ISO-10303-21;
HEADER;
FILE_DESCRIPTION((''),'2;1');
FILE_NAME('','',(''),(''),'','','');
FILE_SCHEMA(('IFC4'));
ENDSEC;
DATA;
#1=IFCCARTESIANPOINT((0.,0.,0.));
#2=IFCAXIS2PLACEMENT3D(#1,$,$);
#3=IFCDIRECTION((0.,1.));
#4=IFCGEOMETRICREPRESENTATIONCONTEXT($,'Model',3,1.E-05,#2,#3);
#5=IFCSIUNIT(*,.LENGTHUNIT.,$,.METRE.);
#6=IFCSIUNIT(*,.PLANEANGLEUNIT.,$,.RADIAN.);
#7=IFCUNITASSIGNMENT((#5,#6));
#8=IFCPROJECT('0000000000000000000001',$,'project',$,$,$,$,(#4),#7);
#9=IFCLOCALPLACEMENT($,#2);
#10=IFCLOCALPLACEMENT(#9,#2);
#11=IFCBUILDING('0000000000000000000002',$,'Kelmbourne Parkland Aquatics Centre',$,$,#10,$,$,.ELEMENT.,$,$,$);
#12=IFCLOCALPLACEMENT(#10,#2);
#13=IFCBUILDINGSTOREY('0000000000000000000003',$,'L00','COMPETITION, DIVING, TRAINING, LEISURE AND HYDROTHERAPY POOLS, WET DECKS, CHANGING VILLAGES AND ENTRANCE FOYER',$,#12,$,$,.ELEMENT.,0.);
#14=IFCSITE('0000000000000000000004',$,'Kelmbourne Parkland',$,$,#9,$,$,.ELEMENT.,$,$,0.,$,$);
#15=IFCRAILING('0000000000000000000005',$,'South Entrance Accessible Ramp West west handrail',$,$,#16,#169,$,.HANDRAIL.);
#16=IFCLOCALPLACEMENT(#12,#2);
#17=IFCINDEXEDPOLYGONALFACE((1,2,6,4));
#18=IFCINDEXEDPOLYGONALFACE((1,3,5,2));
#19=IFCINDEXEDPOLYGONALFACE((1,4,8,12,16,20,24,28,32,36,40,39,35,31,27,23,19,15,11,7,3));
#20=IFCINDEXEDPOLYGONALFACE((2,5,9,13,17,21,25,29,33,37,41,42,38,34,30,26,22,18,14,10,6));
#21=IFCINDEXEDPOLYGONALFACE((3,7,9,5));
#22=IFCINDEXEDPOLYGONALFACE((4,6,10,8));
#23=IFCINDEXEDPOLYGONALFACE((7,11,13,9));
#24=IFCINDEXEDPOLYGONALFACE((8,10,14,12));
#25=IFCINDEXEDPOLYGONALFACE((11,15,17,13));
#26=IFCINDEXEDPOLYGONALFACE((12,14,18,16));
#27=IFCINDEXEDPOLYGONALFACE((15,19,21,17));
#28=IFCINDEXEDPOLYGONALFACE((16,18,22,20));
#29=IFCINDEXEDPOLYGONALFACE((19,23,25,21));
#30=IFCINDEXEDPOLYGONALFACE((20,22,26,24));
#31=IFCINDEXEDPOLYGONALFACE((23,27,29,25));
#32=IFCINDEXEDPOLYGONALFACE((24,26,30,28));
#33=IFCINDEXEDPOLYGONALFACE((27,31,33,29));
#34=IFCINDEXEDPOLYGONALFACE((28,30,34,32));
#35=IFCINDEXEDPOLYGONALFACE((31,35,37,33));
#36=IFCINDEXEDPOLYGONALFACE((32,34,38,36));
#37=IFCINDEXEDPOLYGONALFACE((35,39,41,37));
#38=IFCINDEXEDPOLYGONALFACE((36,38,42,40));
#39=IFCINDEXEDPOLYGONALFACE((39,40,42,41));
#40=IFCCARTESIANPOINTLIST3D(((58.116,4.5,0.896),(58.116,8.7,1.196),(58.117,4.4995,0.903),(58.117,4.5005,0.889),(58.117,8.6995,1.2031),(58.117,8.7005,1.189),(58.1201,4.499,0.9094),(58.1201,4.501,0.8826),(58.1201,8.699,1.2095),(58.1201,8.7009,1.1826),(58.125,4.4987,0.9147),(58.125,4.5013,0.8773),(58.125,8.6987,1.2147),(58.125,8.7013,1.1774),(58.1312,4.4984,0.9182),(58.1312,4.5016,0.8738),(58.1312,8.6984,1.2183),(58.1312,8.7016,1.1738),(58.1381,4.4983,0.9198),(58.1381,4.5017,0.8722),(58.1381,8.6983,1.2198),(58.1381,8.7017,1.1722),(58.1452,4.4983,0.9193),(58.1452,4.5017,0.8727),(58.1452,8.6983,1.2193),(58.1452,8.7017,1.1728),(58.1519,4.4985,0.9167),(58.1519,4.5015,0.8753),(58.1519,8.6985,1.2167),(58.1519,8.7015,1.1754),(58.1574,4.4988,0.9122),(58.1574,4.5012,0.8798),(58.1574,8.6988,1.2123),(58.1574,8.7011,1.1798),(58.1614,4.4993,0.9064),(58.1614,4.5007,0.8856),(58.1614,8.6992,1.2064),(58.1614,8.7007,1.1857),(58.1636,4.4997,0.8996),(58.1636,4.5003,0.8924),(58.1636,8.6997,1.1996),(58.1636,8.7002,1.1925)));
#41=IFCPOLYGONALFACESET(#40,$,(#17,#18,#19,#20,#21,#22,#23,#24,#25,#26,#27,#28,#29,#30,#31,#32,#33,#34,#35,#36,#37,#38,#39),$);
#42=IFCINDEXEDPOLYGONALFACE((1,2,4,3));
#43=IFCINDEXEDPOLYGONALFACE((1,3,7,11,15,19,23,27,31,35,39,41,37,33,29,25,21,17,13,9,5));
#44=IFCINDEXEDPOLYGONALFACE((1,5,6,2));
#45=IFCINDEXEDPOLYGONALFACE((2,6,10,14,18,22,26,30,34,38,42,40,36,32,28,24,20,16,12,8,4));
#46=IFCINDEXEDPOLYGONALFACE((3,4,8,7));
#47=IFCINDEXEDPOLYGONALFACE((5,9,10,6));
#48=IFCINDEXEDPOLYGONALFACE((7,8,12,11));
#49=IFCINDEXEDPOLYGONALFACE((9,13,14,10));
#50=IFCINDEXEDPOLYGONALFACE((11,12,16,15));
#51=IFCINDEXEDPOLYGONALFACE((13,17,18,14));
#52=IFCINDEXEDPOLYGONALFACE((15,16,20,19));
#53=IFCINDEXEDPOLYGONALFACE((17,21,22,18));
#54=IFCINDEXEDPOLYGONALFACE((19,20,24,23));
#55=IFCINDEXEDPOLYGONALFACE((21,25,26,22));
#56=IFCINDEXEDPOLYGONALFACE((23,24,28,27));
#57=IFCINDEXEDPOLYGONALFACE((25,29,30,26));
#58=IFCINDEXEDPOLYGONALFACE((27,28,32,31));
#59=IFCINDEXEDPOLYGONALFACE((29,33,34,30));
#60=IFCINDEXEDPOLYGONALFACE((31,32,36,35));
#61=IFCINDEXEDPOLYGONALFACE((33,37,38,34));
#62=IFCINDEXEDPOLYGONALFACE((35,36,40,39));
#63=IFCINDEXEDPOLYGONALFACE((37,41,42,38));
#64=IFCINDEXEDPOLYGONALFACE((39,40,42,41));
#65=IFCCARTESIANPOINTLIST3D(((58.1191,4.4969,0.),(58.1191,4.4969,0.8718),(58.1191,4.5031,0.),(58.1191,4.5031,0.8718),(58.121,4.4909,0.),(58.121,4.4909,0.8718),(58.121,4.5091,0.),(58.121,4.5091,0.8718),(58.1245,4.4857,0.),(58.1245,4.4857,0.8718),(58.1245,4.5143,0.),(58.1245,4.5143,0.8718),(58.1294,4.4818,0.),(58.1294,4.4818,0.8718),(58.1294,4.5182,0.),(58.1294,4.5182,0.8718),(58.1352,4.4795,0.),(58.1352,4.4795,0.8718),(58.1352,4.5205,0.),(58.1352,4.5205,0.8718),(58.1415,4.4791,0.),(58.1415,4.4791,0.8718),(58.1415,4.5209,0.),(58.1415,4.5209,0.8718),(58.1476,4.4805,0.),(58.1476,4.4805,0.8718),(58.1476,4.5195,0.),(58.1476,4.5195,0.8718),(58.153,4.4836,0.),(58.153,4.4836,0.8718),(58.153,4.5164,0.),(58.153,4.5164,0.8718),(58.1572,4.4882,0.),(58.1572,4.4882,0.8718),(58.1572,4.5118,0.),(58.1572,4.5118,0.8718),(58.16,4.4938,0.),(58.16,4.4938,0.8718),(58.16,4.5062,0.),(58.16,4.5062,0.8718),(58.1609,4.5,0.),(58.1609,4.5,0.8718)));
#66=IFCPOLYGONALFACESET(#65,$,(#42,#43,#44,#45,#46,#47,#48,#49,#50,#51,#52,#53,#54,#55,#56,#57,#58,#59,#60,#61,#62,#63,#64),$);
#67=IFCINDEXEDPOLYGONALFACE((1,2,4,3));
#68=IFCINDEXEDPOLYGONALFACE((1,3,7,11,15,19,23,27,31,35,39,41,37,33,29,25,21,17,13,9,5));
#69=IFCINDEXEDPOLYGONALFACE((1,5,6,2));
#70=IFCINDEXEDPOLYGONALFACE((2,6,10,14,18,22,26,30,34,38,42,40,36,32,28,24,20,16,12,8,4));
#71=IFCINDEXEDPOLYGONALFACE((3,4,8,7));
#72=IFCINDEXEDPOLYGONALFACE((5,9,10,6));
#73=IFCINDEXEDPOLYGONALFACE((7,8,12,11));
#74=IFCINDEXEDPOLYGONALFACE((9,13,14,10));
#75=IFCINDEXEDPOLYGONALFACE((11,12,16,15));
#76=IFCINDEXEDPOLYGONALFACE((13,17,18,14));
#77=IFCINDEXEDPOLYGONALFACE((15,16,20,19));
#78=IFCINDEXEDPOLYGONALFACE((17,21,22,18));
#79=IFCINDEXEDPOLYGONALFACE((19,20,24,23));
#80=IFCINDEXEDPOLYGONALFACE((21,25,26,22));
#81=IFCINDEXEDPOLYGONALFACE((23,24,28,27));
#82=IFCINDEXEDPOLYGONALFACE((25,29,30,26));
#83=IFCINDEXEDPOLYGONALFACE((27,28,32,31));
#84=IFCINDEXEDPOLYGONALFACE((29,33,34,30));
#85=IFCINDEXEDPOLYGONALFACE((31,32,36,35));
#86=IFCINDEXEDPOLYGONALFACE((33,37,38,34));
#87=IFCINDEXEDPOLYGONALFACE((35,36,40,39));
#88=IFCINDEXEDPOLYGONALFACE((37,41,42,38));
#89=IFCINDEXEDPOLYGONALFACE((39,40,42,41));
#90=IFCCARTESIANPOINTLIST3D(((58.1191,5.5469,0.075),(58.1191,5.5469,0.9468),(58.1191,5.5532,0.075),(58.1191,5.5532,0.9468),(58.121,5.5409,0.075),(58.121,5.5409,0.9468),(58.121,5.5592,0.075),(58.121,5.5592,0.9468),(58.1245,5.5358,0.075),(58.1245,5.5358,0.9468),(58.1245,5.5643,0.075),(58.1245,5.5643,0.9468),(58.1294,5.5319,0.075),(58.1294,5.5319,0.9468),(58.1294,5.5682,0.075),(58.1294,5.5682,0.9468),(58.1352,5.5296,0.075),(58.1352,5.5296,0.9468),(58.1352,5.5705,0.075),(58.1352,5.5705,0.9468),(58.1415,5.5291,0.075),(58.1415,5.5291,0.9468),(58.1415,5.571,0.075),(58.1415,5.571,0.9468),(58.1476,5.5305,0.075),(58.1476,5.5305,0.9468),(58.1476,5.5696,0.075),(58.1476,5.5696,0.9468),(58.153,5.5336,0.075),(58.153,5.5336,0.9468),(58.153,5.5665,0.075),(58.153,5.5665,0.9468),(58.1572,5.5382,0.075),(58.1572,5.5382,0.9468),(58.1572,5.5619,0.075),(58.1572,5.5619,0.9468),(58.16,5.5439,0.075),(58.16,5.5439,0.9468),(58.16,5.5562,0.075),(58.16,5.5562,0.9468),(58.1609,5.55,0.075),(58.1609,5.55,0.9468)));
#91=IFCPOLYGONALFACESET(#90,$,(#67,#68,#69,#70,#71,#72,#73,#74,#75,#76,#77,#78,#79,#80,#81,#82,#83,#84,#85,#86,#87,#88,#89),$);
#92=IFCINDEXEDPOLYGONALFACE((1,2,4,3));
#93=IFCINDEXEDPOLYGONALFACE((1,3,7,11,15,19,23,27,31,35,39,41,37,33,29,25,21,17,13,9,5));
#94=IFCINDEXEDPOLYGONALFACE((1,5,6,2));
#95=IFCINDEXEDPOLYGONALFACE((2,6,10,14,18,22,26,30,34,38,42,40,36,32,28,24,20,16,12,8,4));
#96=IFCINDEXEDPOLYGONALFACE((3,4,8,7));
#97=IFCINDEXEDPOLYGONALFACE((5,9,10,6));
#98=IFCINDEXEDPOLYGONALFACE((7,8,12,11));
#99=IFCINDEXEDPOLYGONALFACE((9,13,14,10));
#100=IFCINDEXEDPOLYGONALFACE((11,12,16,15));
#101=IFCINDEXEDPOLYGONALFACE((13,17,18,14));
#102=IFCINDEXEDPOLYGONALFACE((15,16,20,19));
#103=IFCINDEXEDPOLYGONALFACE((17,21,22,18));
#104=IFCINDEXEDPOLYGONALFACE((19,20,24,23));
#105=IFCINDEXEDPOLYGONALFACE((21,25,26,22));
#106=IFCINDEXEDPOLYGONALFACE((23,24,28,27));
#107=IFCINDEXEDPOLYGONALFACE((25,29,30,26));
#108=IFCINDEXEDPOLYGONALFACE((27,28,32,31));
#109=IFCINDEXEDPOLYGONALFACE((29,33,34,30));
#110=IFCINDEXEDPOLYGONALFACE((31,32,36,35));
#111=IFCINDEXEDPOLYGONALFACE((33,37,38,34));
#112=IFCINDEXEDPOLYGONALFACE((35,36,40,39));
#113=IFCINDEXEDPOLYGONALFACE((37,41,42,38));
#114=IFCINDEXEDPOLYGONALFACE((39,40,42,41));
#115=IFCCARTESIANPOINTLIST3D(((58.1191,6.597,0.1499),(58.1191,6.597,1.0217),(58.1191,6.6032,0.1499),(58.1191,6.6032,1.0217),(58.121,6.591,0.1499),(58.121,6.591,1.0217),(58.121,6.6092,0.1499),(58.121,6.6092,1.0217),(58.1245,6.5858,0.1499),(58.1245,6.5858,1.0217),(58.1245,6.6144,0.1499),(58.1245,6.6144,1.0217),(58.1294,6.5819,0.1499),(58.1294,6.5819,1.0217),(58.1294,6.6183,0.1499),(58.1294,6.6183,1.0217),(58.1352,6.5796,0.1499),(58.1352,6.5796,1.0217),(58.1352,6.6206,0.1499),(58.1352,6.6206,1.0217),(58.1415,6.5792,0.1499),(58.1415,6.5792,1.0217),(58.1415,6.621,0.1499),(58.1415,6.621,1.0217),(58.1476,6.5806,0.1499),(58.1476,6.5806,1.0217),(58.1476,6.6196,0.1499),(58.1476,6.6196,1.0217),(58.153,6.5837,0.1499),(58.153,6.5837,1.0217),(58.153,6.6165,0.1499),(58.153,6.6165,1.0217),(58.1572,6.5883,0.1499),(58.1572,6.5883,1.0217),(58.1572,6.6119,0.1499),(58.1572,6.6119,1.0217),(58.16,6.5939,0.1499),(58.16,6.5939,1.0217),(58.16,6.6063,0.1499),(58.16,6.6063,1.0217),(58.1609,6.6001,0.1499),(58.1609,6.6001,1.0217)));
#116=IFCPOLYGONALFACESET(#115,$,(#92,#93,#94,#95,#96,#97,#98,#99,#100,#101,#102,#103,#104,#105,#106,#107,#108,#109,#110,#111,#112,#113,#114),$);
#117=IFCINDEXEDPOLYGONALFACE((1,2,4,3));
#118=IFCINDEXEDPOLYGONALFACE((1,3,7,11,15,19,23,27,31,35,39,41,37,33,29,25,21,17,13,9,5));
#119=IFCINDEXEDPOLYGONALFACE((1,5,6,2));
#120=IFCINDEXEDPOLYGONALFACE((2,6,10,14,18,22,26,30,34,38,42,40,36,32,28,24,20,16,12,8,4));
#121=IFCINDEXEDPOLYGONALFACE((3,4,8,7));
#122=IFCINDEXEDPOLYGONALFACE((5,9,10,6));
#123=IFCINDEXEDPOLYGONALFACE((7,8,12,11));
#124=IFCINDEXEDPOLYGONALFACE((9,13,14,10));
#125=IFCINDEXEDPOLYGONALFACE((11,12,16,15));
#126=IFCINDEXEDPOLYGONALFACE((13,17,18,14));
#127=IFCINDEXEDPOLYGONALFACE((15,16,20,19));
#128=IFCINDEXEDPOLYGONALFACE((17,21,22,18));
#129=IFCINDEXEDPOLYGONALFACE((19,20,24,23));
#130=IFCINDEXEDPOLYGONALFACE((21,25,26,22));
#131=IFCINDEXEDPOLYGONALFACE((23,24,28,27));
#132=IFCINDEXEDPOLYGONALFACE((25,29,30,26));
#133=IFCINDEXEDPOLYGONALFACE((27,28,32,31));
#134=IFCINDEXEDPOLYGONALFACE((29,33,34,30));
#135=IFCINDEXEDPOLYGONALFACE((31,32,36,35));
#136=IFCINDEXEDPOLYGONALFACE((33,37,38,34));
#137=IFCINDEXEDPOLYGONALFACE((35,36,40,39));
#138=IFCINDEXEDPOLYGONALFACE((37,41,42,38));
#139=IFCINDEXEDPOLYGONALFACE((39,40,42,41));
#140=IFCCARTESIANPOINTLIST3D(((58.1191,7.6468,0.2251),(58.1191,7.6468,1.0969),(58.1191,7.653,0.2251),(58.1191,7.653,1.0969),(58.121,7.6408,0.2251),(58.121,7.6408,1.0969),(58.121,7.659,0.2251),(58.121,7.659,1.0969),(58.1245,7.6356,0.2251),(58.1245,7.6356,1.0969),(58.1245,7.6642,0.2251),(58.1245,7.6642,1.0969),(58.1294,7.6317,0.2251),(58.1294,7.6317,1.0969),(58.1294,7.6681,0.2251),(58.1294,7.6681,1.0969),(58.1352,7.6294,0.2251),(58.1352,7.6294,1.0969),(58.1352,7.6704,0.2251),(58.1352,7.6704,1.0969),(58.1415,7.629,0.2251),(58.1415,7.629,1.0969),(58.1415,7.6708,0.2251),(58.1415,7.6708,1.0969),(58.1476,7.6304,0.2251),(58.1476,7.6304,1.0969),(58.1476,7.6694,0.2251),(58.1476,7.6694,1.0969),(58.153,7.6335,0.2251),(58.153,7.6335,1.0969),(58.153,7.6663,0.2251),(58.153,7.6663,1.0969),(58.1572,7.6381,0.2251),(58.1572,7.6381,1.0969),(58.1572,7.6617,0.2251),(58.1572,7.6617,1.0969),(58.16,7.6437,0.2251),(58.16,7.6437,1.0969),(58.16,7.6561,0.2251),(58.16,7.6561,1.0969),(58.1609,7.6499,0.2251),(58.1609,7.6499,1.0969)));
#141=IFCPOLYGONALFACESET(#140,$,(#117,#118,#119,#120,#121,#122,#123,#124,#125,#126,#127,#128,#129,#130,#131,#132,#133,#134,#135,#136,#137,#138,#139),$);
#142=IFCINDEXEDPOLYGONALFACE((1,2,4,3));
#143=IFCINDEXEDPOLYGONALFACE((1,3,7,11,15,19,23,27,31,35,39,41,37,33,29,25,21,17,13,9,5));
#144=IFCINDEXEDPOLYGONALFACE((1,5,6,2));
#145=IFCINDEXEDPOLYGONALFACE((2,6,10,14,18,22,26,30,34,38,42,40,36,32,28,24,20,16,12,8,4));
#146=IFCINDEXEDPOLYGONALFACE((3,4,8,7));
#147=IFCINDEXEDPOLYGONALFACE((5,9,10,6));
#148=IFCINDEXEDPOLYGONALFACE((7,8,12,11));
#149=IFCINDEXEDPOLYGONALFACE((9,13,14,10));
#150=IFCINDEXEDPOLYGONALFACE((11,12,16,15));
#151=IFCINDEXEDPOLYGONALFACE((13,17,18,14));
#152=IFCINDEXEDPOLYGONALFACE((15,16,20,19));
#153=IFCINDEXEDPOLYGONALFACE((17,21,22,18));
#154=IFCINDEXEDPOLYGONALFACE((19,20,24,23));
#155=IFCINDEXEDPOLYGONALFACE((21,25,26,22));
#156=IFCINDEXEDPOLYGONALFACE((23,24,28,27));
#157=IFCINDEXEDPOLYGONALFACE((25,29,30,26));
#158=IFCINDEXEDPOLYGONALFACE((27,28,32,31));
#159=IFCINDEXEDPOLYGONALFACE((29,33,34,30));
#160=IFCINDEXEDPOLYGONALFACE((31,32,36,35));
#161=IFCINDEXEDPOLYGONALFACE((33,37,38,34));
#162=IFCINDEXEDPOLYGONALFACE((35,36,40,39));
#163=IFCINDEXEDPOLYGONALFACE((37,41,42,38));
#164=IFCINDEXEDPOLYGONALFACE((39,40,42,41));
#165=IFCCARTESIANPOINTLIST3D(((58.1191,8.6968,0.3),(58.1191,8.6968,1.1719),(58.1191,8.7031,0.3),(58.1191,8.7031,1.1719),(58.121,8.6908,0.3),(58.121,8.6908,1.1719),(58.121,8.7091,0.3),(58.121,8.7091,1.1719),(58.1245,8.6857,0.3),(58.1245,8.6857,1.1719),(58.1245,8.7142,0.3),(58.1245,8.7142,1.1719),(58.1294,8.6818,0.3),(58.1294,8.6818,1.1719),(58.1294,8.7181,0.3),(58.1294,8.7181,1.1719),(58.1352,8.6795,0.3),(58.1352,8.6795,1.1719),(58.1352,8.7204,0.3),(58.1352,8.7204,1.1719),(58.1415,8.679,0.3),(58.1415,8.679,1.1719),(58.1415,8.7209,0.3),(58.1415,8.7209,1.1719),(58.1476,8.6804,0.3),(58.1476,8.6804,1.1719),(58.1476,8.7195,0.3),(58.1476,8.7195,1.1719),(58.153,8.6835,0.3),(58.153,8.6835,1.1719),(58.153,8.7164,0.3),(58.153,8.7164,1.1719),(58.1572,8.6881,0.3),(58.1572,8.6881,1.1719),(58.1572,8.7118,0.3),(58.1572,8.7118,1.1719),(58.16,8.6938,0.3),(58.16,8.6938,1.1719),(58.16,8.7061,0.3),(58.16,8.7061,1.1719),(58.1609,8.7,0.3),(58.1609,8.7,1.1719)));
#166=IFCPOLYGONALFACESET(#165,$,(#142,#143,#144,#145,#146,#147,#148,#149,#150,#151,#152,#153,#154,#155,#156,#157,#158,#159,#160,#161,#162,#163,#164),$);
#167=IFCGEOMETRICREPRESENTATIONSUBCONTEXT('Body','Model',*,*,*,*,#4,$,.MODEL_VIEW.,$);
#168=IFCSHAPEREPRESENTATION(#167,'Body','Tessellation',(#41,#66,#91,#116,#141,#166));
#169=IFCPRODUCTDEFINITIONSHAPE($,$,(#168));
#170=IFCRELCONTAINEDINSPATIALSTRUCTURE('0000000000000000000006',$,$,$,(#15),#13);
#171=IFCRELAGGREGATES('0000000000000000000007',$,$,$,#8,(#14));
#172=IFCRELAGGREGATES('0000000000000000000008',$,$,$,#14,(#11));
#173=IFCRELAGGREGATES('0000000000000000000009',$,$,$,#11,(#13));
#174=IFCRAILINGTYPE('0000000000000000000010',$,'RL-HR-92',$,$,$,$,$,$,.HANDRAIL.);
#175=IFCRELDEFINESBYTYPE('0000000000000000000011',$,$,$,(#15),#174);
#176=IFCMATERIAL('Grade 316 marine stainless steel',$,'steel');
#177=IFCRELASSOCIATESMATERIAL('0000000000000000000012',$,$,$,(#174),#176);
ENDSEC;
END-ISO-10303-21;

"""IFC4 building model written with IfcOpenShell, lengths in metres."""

from ifc_helpers import new_model, si_unit, direction, frame, origin, origin_2d, place, context, subcontext, project, spatial, circle, extrude, material, type_object, element, save


model = new_model("IFC4")

# Units and contexts
model_context = context("Model", 3, precision=1e-05, world=origin(), true_north=direction((0.0, 1.0)))
body_context = subcontext(model_context, "Body", "Model", "MODEL_VIEW")
ifc_project = project(units=[si_unit("LENGTHUNIT", "METRE"), si_unit("PLANEANGLEUNIT", "RADIAN")], contexts=[model_context])

# Site, building, storey
site_placement = place(None, origin())
site = spatial("IfcSite", under=ifc_project, at=site_placement, Name="Kelmbourne Parkland", CompositionType="ELEMENT", RefElevation=0.0)
building_placement = place(site_placement, origin())
building = spatial("IfcBuilding", under=site, at=building_placement, Name="Kelmbourne Parkland Aquatics Centre", CompositionType="ELEMENT")
storey_placement = place(building_placement, origin())
storey = spatial("IfcBuildingStorey", under=building, at=storey_placement, Name="L00", Description="COMPETITION, DIVING, TRAINING, LEISURE AND HYDROTHERAPY POOLS, WET DECKS, CHANGING VILLAGES AND ENTRANCE FOYER", CompositionType="ELEMENT", Elevation=0.0)

# Railing
ifc_material_1 = material(Name="Grade 316 marine stainless steel", Category="steel")
railing_type = type_object("IfcRailingType", Name="RL-HR-92", PredefinedType="HANDRAIL", material=ifc_material_1)
for number, where, name in (
    (1, (58.1399, 4.5, 0.0), "South Entrance Accessible Ramp West west handrail"),
):
    element("IfcRailing", number, at=place(storey_placement, frame(where)), inside=storey, type_object=railing_type, Name=name, PredefinedType="HANDRAIL", context=body_context, shape_type="SweptSolid", body=[
        extrude(circle(Radius=0.0239, at=origin_2d()), frame((0.0, 0.0, 0.896), z_axis=(0.0, 0.997458, 0.071259), x_axis=(-1.0, 0.0, 0.0)), (0.0, 0.0, 1.0), 4.2107),
        extrude(circle(Radius=0.021, at=origin_2d()), origin(), (0.0, 0.0, 1.0), 0.8718),
        extrude(circle(Radius=0.021, at=origin_2d()), frame((0.0, 1.05, 0.075)), (0.0, 0.0, 1.0), 0.8718),
        extrude(circle(Radius=0.021, at=origin_2d()), frame((0.0, 2.1001, 0.1499)), (0.0, 0.0, 1.0), 0.8718),
        extrude(circle(Radius=0.021, at=origin_2d()), frame((0.0, 3.1499, 0.2251)), (0.0, 0.0, 1.0), 0.8718),
        extrude(circle(Radius=0.021, at=origin_2d()), frame((0.0, 4.2, 0.3)), (0.0, 0.0, 1.0), 0.8718),
    ])

save(model, "model.ifc")
